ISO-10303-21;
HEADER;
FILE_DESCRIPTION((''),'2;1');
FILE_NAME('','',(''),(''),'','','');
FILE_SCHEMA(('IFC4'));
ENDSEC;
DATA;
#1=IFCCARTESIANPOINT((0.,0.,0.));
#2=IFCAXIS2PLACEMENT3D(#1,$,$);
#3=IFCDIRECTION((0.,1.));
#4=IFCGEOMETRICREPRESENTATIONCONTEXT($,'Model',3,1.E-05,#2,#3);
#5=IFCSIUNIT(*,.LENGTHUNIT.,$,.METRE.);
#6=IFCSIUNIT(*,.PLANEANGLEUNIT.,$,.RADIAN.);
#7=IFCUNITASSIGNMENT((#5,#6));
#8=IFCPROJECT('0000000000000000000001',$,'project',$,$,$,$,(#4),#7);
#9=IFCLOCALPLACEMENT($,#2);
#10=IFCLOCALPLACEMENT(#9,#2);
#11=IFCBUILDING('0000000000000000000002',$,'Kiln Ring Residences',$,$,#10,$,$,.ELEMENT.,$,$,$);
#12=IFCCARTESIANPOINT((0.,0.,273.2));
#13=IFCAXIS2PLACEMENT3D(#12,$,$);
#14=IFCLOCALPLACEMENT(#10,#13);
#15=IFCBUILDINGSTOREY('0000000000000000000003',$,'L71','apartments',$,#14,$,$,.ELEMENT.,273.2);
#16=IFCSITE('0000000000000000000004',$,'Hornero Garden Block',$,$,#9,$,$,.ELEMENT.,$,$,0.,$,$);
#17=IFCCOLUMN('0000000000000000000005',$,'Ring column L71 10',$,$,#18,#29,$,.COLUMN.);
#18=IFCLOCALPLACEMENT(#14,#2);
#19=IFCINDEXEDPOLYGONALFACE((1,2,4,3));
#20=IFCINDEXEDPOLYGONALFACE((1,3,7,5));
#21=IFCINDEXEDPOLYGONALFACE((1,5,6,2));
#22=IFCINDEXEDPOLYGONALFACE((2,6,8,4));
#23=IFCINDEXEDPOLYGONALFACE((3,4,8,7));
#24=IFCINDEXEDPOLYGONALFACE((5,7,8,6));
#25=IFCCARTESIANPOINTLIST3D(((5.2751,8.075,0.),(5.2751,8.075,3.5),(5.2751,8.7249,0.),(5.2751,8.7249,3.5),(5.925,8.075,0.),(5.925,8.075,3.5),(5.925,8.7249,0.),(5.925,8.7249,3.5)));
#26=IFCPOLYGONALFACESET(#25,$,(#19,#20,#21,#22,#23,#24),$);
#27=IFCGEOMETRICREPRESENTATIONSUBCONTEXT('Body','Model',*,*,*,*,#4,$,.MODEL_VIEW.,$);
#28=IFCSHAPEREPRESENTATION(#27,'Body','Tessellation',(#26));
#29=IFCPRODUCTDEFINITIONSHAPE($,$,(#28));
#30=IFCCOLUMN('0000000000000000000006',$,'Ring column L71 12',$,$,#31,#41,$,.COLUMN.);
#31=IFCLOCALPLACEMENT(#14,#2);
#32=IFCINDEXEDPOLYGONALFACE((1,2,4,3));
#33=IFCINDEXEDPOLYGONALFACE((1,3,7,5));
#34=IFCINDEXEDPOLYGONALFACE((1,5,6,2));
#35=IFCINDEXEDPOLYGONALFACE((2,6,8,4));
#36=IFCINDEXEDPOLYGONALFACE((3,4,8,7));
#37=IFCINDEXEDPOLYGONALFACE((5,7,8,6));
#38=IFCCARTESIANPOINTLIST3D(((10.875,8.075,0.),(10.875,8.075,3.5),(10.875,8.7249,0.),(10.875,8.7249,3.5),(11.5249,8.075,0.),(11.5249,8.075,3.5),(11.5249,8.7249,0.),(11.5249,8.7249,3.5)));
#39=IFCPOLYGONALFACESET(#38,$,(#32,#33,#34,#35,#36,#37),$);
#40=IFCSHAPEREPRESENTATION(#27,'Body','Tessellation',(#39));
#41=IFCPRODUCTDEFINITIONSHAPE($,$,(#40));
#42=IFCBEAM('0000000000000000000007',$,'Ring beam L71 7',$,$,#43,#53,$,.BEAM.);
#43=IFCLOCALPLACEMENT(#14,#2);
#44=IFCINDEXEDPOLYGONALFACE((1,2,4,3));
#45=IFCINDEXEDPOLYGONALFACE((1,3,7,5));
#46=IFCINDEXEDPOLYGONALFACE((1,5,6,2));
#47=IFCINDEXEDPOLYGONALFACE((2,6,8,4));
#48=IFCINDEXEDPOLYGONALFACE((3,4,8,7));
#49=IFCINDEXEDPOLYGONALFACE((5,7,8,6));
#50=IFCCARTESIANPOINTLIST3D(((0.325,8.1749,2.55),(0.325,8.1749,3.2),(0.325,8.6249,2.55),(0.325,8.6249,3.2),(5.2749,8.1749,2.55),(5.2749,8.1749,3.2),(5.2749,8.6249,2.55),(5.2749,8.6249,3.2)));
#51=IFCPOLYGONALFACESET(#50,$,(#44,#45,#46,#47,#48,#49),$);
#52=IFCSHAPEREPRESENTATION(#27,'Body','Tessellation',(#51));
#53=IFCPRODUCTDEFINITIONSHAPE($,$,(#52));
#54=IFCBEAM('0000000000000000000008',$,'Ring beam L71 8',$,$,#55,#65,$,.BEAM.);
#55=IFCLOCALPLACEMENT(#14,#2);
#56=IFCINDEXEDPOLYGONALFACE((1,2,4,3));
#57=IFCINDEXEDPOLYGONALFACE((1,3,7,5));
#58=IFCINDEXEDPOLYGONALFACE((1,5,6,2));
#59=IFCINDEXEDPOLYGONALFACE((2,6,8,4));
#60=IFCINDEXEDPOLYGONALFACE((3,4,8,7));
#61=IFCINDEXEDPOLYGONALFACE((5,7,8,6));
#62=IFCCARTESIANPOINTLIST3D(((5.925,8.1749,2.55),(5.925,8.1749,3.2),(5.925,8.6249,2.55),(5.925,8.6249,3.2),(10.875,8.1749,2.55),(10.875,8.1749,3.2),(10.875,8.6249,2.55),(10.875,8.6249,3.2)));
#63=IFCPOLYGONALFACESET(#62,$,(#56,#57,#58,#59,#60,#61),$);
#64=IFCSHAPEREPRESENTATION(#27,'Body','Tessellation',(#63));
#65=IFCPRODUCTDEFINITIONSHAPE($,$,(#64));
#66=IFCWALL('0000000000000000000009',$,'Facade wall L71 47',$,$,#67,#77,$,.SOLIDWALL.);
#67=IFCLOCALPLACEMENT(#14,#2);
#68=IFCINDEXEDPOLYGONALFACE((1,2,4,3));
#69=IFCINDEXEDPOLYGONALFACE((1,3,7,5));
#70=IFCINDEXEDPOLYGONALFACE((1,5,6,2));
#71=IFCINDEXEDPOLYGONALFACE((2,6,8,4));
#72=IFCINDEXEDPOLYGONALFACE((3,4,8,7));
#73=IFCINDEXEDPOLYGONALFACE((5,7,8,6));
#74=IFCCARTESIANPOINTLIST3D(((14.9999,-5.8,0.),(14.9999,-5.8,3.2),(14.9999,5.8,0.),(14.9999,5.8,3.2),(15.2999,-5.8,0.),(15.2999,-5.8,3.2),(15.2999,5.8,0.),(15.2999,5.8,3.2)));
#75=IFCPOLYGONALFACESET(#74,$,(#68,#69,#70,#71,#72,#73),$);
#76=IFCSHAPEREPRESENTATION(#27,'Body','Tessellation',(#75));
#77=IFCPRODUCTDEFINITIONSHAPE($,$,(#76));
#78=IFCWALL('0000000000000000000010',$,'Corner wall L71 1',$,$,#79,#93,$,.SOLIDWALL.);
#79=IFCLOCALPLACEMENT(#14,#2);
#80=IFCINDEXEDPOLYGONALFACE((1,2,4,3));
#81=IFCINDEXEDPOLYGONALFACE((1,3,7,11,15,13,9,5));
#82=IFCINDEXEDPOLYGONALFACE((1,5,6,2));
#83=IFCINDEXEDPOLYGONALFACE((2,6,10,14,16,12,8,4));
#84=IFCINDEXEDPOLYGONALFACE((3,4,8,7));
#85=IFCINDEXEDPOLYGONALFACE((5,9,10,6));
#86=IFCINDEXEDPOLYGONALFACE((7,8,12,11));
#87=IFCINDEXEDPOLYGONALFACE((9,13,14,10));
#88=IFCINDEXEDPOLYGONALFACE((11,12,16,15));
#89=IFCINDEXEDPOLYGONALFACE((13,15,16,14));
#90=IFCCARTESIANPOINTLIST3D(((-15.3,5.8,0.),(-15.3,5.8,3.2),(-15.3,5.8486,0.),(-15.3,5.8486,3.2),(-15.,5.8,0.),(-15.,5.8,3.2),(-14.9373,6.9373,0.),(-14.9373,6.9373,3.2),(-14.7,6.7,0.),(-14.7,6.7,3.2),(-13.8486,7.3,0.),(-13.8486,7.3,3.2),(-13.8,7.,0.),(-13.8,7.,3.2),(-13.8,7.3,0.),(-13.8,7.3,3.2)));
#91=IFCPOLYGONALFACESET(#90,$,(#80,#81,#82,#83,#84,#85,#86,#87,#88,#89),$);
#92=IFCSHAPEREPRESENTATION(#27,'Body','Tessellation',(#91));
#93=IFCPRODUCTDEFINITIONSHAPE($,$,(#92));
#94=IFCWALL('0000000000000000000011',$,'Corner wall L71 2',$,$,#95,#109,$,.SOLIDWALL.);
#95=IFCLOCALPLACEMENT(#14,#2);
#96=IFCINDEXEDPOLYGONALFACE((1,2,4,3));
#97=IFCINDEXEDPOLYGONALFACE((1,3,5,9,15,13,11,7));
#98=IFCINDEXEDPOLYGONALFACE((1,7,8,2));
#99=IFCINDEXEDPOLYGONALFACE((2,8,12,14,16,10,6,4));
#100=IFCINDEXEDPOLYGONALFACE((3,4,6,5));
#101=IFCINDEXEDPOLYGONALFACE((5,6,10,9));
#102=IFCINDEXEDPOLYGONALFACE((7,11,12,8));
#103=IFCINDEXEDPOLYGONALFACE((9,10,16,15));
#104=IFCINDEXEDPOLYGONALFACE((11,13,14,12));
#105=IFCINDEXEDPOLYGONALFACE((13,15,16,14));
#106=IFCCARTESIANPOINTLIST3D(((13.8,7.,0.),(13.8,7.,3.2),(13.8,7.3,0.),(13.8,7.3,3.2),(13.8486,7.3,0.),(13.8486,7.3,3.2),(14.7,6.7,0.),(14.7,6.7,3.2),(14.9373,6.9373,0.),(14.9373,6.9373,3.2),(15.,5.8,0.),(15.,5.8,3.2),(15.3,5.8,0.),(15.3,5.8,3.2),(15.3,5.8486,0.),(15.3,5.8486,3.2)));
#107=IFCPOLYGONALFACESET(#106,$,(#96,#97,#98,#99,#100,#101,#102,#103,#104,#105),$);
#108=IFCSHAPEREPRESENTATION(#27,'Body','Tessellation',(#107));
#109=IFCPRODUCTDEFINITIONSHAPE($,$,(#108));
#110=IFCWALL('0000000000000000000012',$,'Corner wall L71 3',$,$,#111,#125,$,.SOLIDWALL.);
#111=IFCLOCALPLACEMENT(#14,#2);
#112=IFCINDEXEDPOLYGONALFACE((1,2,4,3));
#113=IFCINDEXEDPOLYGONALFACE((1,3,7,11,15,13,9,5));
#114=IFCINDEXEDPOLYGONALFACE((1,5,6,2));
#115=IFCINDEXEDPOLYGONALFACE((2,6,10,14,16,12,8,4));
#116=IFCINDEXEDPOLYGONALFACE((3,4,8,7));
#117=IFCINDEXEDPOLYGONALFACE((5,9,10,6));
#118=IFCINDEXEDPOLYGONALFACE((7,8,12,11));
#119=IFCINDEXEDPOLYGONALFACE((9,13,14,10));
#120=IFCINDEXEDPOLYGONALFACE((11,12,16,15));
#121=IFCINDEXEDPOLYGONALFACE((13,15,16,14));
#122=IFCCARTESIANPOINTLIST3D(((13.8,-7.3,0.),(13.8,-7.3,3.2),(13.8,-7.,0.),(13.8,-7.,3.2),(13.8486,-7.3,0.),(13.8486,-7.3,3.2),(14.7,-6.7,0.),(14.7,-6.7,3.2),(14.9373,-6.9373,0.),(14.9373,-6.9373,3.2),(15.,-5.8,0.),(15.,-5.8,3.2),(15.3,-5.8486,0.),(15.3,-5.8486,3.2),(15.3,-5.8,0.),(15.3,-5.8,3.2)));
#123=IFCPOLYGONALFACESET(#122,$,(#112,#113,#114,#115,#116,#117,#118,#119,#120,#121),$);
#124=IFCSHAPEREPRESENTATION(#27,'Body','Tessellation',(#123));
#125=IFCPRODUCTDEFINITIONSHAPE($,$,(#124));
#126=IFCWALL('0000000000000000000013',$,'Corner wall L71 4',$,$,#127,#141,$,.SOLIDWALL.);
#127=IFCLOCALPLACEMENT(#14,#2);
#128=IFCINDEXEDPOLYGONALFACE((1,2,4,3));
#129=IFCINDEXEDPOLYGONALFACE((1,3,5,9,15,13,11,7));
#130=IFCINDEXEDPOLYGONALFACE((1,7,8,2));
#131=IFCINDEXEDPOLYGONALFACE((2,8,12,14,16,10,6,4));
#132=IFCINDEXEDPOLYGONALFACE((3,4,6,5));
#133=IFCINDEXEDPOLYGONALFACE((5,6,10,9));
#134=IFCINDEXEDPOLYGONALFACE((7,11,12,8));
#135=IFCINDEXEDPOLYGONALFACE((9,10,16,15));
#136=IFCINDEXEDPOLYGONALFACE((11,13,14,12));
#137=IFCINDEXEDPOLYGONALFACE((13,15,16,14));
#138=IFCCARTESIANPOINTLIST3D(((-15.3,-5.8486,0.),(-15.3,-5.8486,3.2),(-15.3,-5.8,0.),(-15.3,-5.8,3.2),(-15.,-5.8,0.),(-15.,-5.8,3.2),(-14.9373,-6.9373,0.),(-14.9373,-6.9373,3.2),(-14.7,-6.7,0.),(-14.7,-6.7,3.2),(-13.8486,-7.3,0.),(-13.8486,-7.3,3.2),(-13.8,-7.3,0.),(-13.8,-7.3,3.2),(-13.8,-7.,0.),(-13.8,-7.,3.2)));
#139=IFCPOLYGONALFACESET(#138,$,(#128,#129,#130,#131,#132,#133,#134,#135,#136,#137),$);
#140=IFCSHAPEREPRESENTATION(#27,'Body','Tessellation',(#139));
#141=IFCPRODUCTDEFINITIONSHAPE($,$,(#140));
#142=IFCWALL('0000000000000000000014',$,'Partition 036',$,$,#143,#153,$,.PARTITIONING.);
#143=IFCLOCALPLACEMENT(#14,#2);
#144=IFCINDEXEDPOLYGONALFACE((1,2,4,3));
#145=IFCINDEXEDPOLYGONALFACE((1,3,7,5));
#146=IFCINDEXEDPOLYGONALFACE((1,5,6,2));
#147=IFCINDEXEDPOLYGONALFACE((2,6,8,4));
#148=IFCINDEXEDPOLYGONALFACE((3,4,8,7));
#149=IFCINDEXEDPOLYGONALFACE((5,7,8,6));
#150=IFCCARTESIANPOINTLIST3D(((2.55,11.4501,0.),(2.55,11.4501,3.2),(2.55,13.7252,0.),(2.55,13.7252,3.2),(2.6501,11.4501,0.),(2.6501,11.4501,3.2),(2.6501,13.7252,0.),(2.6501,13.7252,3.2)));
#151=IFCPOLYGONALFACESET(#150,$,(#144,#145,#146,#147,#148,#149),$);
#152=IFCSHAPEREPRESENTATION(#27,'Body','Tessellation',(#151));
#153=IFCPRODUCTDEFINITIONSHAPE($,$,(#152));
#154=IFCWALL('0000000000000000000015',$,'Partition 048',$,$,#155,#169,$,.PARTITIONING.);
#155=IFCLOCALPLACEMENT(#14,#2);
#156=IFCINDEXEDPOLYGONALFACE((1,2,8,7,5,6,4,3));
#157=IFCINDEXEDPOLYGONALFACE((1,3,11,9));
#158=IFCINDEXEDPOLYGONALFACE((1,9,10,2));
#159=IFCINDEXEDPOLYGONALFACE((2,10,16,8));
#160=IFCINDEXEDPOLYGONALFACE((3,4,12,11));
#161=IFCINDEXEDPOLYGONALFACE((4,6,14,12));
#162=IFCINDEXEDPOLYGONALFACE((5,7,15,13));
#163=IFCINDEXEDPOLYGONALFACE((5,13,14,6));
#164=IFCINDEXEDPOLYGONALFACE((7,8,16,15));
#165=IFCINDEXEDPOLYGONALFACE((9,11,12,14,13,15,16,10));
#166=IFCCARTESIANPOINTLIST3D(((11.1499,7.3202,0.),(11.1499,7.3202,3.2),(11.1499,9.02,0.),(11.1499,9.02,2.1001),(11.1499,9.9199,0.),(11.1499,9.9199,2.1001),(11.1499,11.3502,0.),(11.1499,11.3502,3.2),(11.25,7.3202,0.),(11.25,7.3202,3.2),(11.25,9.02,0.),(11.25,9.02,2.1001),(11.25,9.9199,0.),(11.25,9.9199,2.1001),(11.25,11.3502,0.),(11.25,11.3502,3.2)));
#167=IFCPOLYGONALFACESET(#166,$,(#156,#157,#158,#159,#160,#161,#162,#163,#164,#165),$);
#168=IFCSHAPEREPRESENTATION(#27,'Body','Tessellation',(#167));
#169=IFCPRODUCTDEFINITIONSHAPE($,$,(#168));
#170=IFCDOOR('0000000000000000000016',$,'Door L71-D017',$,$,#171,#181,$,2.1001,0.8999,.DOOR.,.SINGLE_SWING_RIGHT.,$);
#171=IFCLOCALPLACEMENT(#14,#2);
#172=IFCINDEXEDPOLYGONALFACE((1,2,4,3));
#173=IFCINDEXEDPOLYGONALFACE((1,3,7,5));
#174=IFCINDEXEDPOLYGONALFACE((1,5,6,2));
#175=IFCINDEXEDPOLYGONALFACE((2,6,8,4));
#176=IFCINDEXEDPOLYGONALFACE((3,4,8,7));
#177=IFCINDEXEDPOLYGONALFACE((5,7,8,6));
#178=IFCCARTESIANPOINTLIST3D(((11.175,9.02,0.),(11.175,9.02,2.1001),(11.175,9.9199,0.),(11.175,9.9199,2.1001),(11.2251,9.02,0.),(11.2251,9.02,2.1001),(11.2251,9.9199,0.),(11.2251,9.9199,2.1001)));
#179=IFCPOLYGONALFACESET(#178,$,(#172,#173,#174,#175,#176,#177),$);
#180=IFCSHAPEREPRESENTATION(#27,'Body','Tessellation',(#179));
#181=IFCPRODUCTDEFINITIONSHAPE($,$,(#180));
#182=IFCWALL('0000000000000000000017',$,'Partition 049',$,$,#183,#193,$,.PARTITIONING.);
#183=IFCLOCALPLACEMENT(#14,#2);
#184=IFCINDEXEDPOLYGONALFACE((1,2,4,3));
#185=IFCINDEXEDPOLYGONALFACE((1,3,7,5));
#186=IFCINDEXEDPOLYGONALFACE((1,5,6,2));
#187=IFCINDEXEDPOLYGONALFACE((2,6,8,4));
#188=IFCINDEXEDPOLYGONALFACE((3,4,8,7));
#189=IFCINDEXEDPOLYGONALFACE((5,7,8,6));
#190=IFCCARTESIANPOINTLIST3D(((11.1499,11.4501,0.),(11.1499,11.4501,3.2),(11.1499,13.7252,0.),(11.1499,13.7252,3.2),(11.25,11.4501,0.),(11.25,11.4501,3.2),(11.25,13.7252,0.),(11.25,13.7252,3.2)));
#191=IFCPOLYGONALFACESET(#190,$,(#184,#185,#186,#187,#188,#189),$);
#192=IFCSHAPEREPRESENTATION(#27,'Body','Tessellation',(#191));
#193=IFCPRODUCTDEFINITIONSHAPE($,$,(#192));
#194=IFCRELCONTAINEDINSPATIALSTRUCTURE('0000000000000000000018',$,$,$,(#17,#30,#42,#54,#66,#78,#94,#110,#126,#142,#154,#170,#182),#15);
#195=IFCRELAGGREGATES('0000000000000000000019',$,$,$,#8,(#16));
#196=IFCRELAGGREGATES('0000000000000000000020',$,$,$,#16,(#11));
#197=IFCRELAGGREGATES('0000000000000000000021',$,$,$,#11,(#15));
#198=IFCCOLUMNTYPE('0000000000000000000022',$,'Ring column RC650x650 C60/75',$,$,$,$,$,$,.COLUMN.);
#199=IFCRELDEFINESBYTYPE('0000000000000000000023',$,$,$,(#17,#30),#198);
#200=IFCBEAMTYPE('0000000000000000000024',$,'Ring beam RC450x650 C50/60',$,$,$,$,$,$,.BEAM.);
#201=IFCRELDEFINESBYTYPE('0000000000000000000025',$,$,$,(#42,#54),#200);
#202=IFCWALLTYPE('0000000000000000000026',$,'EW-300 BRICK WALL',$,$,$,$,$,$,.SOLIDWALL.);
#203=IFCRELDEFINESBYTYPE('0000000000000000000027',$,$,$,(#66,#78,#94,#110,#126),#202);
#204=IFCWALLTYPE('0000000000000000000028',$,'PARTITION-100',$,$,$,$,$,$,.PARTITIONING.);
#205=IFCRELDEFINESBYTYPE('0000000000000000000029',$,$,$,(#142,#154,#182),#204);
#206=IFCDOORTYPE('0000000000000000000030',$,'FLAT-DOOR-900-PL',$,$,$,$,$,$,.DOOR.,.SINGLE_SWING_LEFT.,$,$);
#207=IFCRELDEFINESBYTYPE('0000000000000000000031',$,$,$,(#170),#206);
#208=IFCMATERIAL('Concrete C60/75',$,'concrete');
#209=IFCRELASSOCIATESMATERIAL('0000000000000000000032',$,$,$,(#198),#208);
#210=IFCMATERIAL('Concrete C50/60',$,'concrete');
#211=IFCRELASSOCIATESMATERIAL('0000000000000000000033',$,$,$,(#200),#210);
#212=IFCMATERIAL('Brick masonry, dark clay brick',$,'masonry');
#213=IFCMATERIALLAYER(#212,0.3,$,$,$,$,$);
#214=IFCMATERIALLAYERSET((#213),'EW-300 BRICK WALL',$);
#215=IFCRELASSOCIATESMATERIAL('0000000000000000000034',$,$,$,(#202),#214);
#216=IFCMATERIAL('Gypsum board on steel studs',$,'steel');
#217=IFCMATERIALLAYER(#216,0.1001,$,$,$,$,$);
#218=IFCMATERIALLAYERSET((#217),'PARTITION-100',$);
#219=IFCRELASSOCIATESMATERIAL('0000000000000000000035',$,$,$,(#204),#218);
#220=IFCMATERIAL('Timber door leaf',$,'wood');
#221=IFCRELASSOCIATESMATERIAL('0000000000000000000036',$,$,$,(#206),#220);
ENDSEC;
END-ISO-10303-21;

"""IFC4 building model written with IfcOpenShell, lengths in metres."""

from ifc_helpers import new_model, si_unit, direction, frame, frame_2d, origin, origin_2d, place, context, subcontext, project, spatial, polyline, rectangle, outline, extrude, material, layer, layer_set, material_profile, profile_set, type_object, element, fill, save


model = new_model("IFC4")

# Units and contexts
model_context = context("Model", 3, precision=1e-05, world=origin(), true_north=direction((0.0, 1.0)))
body_context = subcontext(model_context, "Body", "Model", "MODEL_VIEW")
ifc_project = project(units=[si_unit("LENGTHUNIT", "METRE"), si_unit("PLANEANGLEUNIT", "RADIAN")], contexts=[model_context])

# Site, building, storey
site_placement = place(None, origin())
site = spatial("IfcSite", under=ifc_project, at=site_placement, Name="Hornero Garden Block", CompositionType="ELEMENT", RefElevation=0.0)
building_placement = place(site_placement, origin())
building = spatial("IfcBuilding", under=site, at=building_placement, Name="Kiln Ring Residences", CompositionType="ELEMENT")
storey_placement = place(building_placement, frame((0.0, 0.0, 273.2)))
storey = spatial("IfcBuildingStorey", under=building, at=storey_placement, Name="L71", Description="apartments", CompositionType="ELEMENT", Elevation=273.2)

# Columns
ifc_material_1 = material(Name="Concrete C60/75", Category="concrete")
ifc_material_profile_1 = material_profile(ifc_material_1, rectangle(XDim=0.6499, YDim=0.6499, at=origin_2d()), Name="RC650x650")
ifc_profile_set_1 = profile_set([ifc_material_profile_1], Name="Concrete C60/75")
column_type = type_object("IfcColumnType", Name="Ring column RC650x650 C60/75", PredefinedType="COLUMN", material=ifc_profile_set_1)
for number, where, z_axis, x_axis, name in (
    (1, (5.6001, 8.3999, 0.0), (0.0, 0.0, 1.0), (1.0, 0.0, 0.0), "Ring column L71 10"),
    (2, (11.2, 8.3999, 0.0), (0.0, 0.0, 1.0), (1.0, 0.0, 0.0), "Ring column L71 12"),
):
    element("IfcColumn", number, at=place(storey_placement, frame(where, z_axis=z_axis, x_axis=x_axis)), inside=storey, type_object=column_type, Name=name, PredefinedType="COLUMN", context=body_context, shape_type="SweptSolid", body=[
        extrude(rectangle(XDim=0.6499, YDim=0.6499, at=origin_2d()), origin(), (0.0, 0.0, 1.0), 3.5),
    ])

# Beams
ifc_material_2 = material(Name="Concrete C50/60", Category="concrete")
ifc_material_profile_2 = material_profile(ifc_material_2, rectangle(XDim=0.45, YDim=0.6499, at=origin_2d()), Name="RC450x650")
ifc_profile_set_2 = profile_set([ifc_material_profile_2], Name="Concrete C50/60")
beam_type = type_object("IfcBeamType", Name="Ring beam RC450x650 C50/60", PredefinedType="BEAM", material=ifc_profile_set_2)
for number, where, z_axis, x_axis, name in (
    (3, (0.325, 8.3999, 2.875), (1.0, 0.0, 0.0), (0.0, 1.0, 0.0), "Ring beam L71 7"),
    (4, (5.925, 8.3999, 2.875), (1.0, 0.0, 0.0), (0.0, 1.0, 0.0), "Ring beam L71 8"),
):
    element("IfcBeam", number, at=place(storey_placement, frame(where, z_axis=z_axis, x_axis=x_axis)), inside=storey, type_object=beam_type, Name=name, PredefinedType="BEAM", context=body_context, shape_type="SweptSolid", body=[
        extrude(rectangle(XDim=0.45, YDim=0.6499, at=origin_2d()), origin(), (0.0, 0.0, 1.0), 4.95),
    ])

# Walls
ifc_material_3 = material(Name="Brick masonry, dark clay brick", Category="masonry")
ifc_layer_1 = layer(ifc_material_3, 0.3)
ifc_layer_set_1 = layer_set([ifc_layer_1], Name="EW-300 BRICK WALL")
wall_type_1 = type_object("IfcWallType", Name="EW-300 BRICK WALL", PredefinedType="SOLIDWALL", material=ifc_layer_set_1)
wall_1_placement = place(storey_placement, frame((15.1499, 5.8, 0.0), z_axis=(0.0, 0.0, 1.0), x_axis=(0.0, -1.0, 0.0)))
element("IfcWall", 5, at=wall_1_placement, inside=storey, type_object=wall_type_1, Name="Facade wall L71 47", PredefinedType="SOLIDWALL", context=body_context, shape_type="SweptSolid", body=[
    extrude(rectangle(XDim=11.6001, YDim=0.3, at=frame_2d((5.8, 0.0))), origin(), (0.0, 0.0, 1.0), 3.2),
])
placement = place(storey_placement, origin())
element("IfcWall", 6, at=placement, inside=storey, type_object=wall_type_1, Name="Corner wall L71 1", PredefinedType="SOLIDWALL", context=body_context, shape_type="SweptSolid", body=[
    extrude(outline(polyline([(-13.8486, 7.3), (-14.9373, 6.9373), (-15.3, 5.8486), (-15.3, 5.8), (-15.0, 5.8), (-14.7, 6.7), (-13.8, 7.0), (-13.8, 7.3), (-13.8486, 7.3)])), origin(), (0.0, 0.0, 1.0), 3.2),
])
element("IfcWall", 7, at=placement, inside=storey, type_object=wall_type_1, Name="Corner wall L71 2", PredefinedType="SOLIDWALL", context=body_context, shape_type="SweptSolid", body=[
    extrude(outline(polyline([(14.9373, 6.9373), (13.8486, 7.3), (13.8, 7.3), (13.8, 7.0), (14.7, 6.7), (15.0, 5.8), (15.3, 5.8), (15.3, 5.8486), (14.9373, 6.9373)])), origin(), (0.0, 0.0, 1.0), 3.2),
])
element("IfcWall", 8, at=placement, inside=storey, type_object=wall_type_1, Name="Corner wall L71 3", PredefinedType="SOLIDWALL", context=body_context, shape_type="SweptSolid", body=[
    extrude(outline(polyline([(14.9373, -6.9373), (15.3, -5.8486), (15.3, -5.8), (15.0, -5.8), (14.7, -6.7), (13.8, -7.0), (13.8, -7.3), (13.8486, -7.3), (14.9373, -6.9373)])), origin(), (0.0, 0.0, 1.0), 3.2),
])
element("IfcWall", 9, at=placement, inside=storey, type_object=wall_type_1, Name="Corner wall L71 4", PredefinedType="SOLIDWALL", context=body_context, shape_type="SweptSolid", body=[
    extrude(outline(polyline([(-14.9373, -6.9373), (-13.8486, -7.3), (-13.8, -7.3), (-13.8, -7.0), (-14.7, -6.7), (-15.0, -5.8), (-15.3, -5.8), (-15.3, -5.8486), (-14.9373, -6.9373)])), origin(), (0.0, 0.0, 1.0), 3.2),
])
ifc_material_4 = material(Name="Gypsum board on steel studs", Category="steel")
ifc_layer_2 = layer(ifc_material_4, 0.1001)
ifc_layer_set_2 = layer_set([ifc_layer_2], Name="PARTITION-100")
wall_type_2 = type_object("IfcWallType", Name="PARTITION-100", PredefinedType="PARTITIONING", material=ifc_layer_set_2)
wall_2_placement = place(storey_placement, frame((2.6001, 11.45, 0.0), z_axis=(0.0, 0.0, 1.0), x_axis=(0.0, 1.0, 0.0)))
element("IfcWall", 10, at=wall_2_placement, inside=storey, type_object=wall_type_2, Name="Partition 036", PredefinedType="PARTITIONING", context=body_context, shape_type="SweptSolid", body=[
    extrude(rectangle(XDim=2.2751, YDim=0.1001, at=frame_2d((1.1377, 0.0))), origin(), (0.0, 0.0, 1.0), 3.2),
])

# Wall, opening, door
wall_3_placement = place(storey_placement, frame((11.2, 7.3201, 0.0), z_axis=(0.0, 0.0, 1.0), x_axis=(0.0, 1.0, 0.0)))
wall_3 = element("IfcWall", 11, at=wall_3_placement, inside=storey, type_object=wall_type_2, Name="Partition 048", PredefinedType="PARTITIONING", context=body_context, shape_type="SweptSolid", body=[
    extrude(rectangle(XDim=4.03, YDim=0.1001, at=frame_2d((2.0151, 0.0))), origin(), (0.0, 0.0, 1.0), 3.2),
])
opening_1_placement = place(wall_3_placement, frame((1.7, 0.0, 0.0)))
opening_1 = element("IfcOpeningElement", 12, at=opening_1_placement, cuts=wall_3, PredefinedType="OPENING", context=body_context, shape_type="SweptSolid", body=[
    extrude(rectangle(XDim=0.8999, YDim=2.1001, at=frame_2d((0.45, 1.05))), frame((0.0, 0.0601, 0.0), z_axis=(0.0, -1.0, 0.0), x_axis=(1.0, 0.0, 0.0)), (0.0, 0.0, 1.0), 0.1201),
])
ifc_material_5 = material(Name="Timber door leaf", Category="wood")
door_type_1 = type_object("IfcDoorType", Name="FLAT-DOOR-900-PL", OperationType="SINGLE_SWING_LEFT", PredefinedType="DOOR", material=ifc_material_5)
door_1_placement = place(opening_1_placement, origin())
door_1 = element("IfcDoor", 13, at=door_1_placement, inside=storey, type_object=door_type_1, Name="Door L71-D017", OperationType="SINGLE_SWING_RIGHT", OverallHeight=2.1001, OverallWidth=0.8999, PredefinedType="DOOR", context=body_context, shape_type="SweptSolid", body=[
    extrude(rectangle(XDim=0.8999, YDim=2.1001, at=frame_2d((0.45, 1.05))), frame((0.0, 0.0249, 0.0), z_axis=(0.0, -1.0, 0.0), x_axis=(1.0, 0.0, 0.0)), (0.0, 0.0, 1.0), 0.05),
])
fill(opening_1, door_1)

# Wall
wall_4_placement = place(storey_placement, frame((11.2, 11.45, 0.0), z_axis=(0.0, 0.0, 1.0), x_axis=(0.0, 1.0, 0.0)))
element("IfcWall", 14, at=wall_4_placement, inside=storey, type_object=wall_type_2, Name="Partition 049", PredefinedType="PARTITIONING", context=body_context, shape_type="SweptSolid", body=[
    extrude(rectangle(XDim=2.2751, YDim=0.1001, at=frame_2d((1.1377, 0.0))), origin(), (0.0, 0.0, 1.0), 3.2),
])

save(model, "model.ifc")
